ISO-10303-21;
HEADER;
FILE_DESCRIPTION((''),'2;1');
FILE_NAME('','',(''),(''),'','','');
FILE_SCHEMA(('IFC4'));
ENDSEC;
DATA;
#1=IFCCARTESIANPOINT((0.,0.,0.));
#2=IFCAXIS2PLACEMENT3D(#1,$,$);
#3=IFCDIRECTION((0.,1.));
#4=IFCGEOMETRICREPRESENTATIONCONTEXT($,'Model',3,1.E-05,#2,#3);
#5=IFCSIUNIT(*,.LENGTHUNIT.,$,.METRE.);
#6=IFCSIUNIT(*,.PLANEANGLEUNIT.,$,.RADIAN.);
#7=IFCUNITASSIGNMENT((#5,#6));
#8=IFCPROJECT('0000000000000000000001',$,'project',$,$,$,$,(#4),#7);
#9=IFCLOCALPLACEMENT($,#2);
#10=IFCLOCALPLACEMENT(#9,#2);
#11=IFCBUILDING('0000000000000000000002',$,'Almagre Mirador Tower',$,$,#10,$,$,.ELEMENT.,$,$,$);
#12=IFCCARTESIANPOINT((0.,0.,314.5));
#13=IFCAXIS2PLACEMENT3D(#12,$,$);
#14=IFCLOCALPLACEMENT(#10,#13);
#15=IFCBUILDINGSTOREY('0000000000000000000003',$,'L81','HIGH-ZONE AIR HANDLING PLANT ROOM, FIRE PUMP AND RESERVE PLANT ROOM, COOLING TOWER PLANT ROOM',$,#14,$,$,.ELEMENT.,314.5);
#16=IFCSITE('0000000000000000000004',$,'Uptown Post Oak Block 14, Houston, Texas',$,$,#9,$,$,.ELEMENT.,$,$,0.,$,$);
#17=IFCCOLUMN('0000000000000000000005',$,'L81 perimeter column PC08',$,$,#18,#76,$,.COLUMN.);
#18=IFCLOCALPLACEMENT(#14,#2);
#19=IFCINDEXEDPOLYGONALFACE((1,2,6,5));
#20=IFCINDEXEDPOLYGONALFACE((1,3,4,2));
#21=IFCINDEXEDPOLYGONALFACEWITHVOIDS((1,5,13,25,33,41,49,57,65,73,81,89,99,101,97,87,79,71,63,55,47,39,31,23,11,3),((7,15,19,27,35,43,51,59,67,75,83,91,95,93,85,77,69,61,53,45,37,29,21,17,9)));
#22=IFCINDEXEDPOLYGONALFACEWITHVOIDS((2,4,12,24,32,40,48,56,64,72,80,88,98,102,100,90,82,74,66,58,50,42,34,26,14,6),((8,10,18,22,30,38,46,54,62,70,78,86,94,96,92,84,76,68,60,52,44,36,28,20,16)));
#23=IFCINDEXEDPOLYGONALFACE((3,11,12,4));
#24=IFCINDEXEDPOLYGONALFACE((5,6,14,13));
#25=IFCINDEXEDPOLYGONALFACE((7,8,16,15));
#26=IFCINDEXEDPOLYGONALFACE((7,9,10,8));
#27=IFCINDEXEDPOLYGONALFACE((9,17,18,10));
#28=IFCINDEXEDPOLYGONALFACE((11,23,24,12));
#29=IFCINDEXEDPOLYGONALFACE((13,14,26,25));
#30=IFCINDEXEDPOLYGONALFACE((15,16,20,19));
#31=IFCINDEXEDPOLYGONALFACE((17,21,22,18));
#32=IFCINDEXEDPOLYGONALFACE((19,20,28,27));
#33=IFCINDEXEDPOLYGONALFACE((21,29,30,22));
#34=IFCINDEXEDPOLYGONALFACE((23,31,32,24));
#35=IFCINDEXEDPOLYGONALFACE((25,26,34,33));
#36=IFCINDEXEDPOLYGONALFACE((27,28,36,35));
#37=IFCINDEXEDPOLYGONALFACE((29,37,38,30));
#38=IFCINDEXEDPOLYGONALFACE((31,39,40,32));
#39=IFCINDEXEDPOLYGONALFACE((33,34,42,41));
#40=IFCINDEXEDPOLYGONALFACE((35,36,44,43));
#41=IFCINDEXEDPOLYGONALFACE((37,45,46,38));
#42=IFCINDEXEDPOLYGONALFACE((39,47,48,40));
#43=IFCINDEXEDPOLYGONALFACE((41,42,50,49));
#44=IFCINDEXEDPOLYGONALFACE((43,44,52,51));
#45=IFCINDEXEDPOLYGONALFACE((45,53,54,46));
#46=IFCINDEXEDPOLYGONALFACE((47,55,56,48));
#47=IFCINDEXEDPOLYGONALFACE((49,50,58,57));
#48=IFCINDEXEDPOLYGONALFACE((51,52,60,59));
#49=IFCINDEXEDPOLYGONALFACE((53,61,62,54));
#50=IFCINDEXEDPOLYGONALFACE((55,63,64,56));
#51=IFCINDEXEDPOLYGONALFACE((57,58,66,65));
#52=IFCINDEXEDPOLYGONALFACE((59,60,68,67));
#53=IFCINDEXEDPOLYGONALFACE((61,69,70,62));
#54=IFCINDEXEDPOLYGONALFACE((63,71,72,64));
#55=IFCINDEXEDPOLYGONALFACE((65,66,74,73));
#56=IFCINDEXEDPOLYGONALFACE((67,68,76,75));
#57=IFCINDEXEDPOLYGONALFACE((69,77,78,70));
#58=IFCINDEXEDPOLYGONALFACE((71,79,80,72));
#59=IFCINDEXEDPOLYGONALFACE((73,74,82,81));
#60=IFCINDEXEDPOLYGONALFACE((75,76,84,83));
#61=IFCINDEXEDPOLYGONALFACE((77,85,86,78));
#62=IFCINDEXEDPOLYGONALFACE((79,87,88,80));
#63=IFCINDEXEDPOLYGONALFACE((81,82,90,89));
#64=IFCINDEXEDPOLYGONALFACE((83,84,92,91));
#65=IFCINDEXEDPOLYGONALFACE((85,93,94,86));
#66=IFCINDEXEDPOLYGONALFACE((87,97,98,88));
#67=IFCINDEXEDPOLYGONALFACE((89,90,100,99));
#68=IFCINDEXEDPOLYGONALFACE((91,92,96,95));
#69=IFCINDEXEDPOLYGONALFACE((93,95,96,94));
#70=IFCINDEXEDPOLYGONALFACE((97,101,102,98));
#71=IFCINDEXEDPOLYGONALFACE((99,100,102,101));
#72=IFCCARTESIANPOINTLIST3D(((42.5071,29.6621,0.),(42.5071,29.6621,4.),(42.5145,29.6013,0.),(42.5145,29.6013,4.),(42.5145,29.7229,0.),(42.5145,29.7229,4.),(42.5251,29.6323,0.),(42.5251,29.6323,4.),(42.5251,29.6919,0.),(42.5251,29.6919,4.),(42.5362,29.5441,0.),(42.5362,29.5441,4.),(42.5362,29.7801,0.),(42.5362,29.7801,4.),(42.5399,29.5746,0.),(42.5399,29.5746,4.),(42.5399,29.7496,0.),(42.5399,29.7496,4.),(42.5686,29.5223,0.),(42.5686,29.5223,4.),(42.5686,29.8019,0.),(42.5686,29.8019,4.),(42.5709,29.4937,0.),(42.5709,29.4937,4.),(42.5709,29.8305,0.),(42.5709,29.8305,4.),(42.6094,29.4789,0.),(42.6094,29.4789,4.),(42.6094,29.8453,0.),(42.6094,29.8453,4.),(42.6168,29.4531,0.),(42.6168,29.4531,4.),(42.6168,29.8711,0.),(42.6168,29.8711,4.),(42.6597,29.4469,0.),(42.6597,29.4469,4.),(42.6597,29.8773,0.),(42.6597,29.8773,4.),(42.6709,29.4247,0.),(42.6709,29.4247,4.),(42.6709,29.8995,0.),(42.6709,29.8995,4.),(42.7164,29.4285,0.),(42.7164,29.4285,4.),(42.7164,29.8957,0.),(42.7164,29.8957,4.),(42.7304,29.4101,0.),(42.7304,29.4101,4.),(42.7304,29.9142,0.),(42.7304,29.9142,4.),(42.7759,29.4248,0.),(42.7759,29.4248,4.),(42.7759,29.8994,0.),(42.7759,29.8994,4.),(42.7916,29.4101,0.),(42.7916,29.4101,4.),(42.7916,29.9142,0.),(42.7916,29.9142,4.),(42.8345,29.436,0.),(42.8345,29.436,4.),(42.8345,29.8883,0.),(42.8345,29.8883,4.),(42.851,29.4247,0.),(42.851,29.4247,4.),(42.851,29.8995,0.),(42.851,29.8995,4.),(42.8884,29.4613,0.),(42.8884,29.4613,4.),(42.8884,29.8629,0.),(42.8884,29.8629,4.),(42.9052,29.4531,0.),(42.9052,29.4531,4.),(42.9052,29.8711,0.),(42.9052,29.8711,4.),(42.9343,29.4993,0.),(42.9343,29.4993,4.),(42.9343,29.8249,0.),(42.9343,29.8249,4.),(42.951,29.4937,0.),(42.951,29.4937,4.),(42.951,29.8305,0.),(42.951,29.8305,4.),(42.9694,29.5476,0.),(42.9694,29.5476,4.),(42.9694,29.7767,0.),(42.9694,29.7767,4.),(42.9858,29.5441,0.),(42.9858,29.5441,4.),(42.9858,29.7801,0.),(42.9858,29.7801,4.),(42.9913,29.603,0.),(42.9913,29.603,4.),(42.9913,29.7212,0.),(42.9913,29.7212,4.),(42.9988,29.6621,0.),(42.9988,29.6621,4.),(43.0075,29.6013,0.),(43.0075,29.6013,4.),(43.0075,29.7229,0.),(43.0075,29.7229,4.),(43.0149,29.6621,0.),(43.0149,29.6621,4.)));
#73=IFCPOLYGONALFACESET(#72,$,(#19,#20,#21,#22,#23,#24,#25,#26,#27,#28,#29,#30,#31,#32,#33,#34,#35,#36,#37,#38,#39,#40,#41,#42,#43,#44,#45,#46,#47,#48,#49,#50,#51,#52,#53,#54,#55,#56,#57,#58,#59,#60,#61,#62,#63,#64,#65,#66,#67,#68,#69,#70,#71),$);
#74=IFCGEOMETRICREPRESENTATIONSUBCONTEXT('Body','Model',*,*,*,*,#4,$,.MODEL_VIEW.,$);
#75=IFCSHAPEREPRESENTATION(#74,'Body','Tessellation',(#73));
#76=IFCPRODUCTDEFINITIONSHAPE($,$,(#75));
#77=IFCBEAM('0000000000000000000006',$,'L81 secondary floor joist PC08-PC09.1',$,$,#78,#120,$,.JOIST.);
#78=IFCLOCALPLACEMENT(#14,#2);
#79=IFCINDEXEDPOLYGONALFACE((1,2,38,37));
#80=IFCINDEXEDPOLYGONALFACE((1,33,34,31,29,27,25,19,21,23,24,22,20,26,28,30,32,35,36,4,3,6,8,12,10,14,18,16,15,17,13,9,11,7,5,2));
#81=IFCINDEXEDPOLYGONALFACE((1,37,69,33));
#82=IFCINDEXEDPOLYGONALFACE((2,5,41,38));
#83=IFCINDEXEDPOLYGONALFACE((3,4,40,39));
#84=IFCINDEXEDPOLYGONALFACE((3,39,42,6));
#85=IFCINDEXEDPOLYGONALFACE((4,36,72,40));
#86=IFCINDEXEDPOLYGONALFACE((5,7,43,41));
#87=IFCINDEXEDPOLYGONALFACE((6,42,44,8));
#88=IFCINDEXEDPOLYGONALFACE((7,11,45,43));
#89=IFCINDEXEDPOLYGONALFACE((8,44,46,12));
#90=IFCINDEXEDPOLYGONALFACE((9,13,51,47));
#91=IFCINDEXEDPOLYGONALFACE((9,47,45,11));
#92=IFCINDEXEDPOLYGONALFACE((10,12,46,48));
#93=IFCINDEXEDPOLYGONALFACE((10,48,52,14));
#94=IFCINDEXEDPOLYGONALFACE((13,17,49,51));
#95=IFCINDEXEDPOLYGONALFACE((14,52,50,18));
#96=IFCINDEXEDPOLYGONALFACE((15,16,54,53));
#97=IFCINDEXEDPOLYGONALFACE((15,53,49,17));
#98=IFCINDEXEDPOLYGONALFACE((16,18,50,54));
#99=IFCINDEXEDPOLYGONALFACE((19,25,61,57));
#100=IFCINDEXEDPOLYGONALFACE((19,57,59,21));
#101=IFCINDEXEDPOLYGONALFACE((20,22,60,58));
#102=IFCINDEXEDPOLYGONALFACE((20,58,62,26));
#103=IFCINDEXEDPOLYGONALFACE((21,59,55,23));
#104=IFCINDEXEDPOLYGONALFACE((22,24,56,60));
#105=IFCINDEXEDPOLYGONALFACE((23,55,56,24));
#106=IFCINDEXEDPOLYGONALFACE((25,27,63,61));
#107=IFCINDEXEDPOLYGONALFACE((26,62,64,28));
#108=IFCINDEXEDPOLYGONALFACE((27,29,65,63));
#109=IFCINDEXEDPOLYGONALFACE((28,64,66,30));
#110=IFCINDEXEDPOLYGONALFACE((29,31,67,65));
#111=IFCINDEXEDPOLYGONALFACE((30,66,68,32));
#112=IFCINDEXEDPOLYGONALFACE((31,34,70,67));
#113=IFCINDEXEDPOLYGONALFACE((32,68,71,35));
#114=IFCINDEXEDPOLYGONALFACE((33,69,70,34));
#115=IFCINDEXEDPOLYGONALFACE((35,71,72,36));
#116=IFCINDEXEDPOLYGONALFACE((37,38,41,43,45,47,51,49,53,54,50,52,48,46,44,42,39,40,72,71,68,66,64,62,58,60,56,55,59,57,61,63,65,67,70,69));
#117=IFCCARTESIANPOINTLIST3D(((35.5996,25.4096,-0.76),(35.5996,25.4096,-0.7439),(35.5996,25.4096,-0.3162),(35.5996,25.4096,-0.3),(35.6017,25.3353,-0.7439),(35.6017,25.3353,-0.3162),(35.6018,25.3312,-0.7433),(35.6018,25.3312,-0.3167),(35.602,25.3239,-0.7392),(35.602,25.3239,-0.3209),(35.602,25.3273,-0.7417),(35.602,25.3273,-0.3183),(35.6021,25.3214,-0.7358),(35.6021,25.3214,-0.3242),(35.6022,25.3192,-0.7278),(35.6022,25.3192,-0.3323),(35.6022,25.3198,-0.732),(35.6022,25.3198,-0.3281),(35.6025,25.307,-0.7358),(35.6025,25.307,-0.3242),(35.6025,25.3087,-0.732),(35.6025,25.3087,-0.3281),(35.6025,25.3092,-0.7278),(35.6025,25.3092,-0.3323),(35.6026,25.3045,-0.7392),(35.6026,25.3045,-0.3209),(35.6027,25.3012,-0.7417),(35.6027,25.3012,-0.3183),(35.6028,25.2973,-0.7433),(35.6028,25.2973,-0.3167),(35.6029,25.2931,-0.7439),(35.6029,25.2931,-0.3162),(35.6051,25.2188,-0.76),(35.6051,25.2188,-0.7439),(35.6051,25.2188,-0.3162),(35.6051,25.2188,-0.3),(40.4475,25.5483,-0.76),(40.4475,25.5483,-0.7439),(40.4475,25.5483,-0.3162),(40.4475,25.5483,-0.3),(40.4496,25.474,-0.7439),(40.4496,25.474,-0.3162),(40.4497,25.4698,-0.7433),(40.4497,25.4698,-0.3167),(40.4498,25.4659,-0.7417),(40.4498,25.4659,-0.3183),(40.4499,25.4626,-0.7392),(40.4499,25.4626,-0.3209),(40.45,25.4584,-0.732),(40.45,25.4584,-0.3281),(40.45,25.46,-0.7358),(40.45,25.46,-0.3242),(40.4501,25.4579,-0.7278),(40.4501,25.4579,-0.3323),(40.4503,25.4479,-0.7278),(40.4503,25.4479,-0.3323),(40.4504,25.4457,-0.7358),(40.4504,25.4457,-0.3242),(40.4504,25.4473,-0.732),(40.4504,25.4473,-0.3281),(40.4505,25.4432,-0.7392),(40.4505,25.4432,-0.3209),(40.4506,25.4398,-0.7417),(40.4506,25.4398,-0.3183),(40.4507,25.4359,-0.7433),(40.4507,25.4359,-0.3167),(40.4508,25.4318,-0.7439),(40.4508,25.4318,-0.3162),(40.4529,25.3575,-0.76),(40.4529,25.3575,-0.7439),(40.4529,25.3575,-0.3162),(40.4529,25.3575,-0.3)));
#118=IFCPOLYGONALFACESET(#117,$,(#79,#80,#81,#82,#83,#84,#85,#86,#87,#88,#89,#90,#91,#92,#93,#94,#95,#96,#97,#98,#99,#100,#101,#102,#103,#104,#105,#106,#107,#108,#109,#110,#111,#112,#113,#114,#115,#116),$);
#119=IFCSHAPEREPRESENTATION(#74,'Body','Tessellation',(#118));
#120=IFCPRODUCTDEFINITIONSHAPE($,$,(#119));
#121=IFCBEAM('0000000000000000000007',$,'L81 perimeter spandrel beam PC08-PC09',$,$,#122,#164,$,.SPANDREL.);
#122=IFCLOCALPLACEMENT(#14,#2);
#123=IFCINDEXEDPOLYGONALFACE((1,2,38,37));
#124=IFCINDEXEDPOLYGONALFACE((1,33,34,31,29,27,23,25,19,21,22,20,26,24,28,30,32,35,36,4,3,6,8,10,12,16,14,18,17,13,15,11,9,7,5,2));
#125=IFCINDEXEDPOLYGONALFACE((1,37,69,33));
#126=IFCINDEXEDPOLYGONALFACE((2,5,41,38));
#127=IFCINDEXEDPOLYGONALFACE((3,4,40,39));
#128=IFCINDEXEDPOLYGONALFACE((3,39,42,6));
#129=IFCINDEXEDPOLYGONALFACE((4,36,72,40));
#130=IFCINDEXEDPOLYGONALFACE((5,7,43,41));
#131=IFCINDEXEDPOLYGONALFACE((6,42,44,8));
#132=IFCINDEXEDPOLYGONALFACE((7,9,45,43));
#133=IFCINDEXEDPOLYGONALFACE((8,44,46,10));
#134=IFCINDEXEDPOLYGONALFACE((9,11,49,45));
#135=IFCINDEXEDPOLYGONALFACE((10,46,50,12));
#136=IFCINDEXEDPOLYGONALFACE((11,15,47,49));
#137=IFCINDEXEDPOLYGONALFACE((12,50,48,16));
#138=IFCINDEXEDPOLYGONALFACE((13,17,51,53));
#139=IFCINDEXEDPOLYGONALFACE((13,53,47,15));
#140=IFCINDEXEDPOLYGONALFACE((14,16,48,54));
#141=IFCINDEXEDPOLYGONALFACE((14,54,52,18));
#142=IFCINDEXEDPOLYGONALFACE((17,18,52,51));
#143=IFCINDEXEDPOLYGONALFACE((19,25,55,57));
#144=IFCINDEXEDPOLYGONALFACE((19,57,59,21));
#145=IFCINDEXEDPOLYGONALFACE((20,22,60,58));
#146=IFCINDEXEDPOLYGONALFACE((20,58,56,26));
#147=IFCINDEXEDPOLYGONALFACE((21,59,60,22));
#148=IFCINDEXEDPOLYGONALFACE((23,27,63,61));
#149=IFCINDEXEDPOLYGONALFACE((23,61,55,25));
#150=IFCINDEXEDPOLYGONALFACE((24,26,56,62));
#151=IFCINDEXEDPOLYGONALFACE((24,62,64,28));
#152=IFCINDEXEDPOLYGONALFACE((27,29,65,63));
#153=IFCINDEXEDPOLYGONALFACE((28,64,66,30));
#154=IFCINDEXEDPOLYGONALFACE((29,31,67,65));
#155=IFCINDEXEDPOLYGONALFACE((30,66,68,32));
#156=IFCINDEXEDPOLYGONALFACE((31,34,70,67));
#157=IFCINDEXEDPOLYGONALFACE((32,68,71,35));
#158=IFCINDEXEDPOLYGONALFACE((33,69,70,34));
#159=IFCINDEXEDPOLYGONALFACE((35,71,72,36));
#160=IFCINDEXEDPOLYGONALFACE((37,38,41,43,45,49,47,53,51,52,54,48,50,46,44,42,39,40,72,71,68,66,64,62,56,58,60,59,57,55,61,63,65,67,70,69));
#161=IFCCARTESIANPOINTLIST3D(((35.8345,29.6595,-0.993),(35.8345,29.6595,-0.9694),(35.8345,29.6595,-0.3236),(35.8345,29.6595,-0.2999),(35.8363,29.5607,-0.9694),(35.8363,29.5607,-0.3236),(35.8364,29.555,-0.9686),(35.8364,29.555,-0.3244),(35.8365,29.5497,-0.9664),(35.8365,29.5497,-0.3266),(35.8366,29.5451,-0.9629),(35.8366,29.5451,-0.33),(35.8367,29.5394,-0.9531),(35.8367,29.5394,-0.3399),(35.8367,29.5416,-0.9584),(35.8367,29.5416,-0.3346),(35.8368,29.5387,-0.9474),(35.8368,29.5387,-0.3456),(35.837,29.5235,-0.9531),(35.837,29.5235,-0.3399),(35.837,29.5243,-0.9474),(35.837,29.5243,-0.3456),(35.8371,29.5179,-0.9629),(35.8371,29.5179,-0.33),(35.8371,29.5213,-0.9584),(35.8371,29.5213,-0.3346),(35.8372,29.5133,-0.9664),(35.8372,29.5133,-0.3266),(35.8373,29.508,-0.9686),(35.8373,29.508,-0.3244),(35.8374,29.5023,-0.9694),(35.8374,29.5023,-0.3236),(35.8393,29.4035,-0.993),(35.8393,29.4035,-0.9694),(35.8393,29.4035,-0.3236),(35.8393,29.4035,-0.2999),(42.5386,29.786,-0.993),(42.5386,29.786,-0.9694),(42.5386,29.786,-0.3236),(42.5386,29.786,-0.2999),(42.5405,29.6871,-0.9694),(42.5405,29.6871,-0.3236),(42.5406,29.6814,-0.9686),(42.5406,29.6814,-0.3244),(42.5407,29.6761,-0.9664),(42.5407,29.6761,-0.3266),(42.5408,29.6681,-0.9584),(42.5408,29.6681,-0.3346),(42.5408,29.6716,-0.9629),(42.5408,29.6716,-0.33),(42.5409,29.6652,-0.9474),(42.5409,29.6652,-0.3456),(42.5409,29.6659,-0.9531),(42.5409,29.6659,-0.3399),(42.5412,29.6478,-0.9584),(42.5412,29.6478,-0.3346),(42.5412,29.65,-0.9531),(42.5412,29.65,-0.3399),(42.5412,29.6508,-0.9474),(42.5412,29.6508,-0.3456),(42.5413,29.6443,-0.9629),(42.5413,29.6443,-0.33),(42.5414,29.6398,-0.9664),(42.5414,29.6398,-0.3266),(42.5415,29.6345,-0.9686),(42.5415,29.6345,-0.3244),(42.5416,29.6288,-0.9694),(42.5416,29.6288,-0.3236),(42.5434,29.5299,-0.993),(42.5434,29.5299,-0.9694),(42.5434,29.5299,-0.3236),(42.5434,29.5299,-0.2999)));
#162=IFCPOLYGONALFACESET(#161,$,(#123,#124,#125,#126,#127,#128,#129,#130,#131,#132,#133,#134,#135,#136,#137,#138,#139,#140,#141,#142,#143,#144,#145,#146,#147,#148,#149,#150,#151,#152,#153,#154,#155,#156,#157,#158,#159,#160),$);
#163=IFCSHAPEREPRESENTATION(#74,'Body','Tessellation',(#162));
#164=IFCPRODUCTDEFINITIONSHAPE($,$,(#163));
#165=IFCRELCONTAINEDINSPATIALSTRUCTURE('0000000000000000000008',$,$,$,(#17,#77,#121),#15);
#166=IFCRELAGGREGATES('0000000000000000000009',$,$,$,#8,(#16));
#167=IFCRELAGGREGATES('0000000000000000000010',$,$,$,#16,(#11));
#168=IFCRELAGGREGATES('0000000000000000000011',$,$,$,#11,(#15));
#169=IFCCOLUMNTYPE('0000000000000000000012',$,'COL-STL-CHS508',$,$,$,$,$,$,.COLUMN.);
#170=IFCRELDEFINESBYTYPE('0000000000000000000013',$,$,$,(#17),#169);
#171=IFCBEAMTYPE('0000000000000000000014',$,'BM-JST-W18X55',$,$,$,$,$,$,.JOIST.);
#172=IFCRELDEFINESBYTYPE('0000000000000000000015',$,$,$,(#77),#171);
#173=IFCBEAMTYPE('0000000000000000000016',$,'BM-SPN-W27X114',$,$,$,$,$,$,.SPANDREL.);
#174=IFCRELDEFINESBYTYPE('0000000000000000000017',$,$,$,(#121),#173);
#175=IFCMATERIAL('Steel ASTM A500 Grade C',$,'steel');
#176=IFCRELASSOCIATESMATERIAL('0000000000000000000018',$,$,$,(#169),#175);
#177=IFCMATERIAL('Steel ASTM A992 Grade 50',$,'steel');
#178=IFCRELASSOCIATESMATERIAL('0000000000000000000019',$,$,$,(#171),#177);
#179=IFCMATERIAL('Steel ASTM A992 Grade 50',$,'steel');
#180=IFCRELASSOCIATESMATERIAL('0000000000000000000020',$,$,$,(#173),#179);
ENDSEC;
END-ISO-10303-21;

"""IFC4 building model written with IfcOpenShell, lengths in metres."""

from ifc_helpers import new_model, si_unit, direction, frame, origin, origin_2d, place, context, subcontext, project, spatial, hollow_circle, i_section, extrude, material, material_profile, profile_set, type_object, element, save


model = new_model("IFC4")

# Units and contexts
model_context = context("Model", 3, precision=1e-05, world=origin(), true_north=direction((0.0, 1.0)))
body_context = subcontext(model_context, "Body", "Model", "MODEL_VIEW")
ifc_project = project(units=[si_unit("LENGTHUNIT", "METRE"), si_unit("PLANEANGLEUNIT", "RADIAN")], contexts=[model_context])

# Site, building, storey
site_placement = place(None, origin())
site = spatial("IfcSite", under=ifc_project, at=site_placement, Name="Uptown Post Oak Block 14, Houston, Texas", CompositionType="ELEMENT", RefElevation=0.0)
building_placement = place(site_placement, origin())
building = spatial("IfcBuilding", under=site, at=building_placement, Name="Almagre Mirador Tower", CompositionType="ELEMENT")
storey_placement = place(building_placement, frame((0.0, 0.0, 314.5)))
storey = spatial("IfcBuildingStorey", under=building, at=storey_placement, Name="L81", Description="HIGH-ZONE AIR HANDLING PLANT ROOM, FIRE PUMP AND RESERVE PLANT ROOM, COOLING TOWER PLANT ROOM", CompositionType="ELEMENT", Elevation=314.5)

# Column
ifc_material_1 = material(Name="Steel ASTM A500 Grade C", Category="steel")
ifc_material_profile_1 = material_profile(ifc_material_1, hollow_circle(Radius=0.2539, WallThickness=0.0161, at=origin_2d()), Name="CHS508X16")
ifc_profile_set_1 = profile_set([ifc_material_profile_1], Name="Steel ASTM A500 Grade C")
column_type = type_object("IfcColumnType", Name="COL-STL-CHS508", PredefinedType="COLUMN", material=ifc_profile_set_1)
column_placement = place(storey_placement, frame((42.761, 29.6621, 0.0), z_axis=(0.0, 0.0, 1.0), x_axis=(1.0, 0.0, 0.0)))
element("IfcColumn", 1, at=column_placement, inside=storey, type_object=column_type, Name="L81 perimeter column PC08", PredefinedType="COLUMN", context=body_context, shape_type="SweptSolid", body=[
    extrude(hollow_circle(Radius=0.2539, WallThickness=0.0161, at=origin_2d()), origin(), (0.0, 0.0, 1.0), 4.0),
])

# Beams
ifc_material_2 = material(Name="Steel ASTM A992 Grade 50", Category="steel")
ifc_material_profile_2 = material_profile(ifc_material_2, i_section(OverallWidth=0.1909, OverallDepth=0.46, WebThickness=0.01, FlangeThickness=0.0161, FilletRadius=0.0161, at=origin_2d()), Name="W18X55")
ifc_profile_set_2 = profile_set([ifc_material_profile_2], Name="Steel ASTM A992 Grade 50")
beam_type_1 = type_object("IfcBeamType", Name="BM-JST-W18X55", PredefinedType="JOIST", material=ifc_profile_set_2)
beam_1_placement = place(storey_placement, frame((40.4502, 25.4529, -0.53), z_axis=(-0.999591, -0.028593, 0.0), x_axis=(0.028593, -0.999591, 0.0)))
element("IfcBeam", 2, at=beam_1_placement, inside=storey, type_object=beam_type_1, Name="L81 secondary floor joist PC08-PC09.1", PredefinedType="JOIST", context=body_context, shape_type="SweptSolid", body=[
    extrude(i_section(OverallWidth=0.1909, OverallDepth=0.46, WebThickness=0.01, FlangeThickness=0.0161, FilletRadius=0.0161, at=origin_2d()), origin(), (0.0, 0.0, 1.0), 4.8499),
])
ifc_material_3 = material(Name="Steel ASTM A992 Grade 50", Category="steel")
ifc_material_profile_3 = material_profile(ifc_material_3, i_section(OverallWidth=0.2561, OverallDepth=0.6931, WebThickness=0.0144, FlangeThickness=0.0237, FilletRadius=0.022, at=origin_2d()), Name="W27X114")
ifc_profile_set_3 = profile_set([ifc_material_profile_3], Name="Steel ASTM A992 Grade 50")
beam_type_2 = type_object("IfcBeamType", Name="BM-SPN-W27X114", PredefinedType="SPANDREL", material=ifc_profile_set_3)
beam_2_placement = place(storey_placement, frame((42.541, 29.658, -0.6465), z_axis=(-0.999822, -0.01886, 0.0), x_axis=(0.01886, -0.999822, 0.0)))
element("IfcBeam", 3, at=beam_2_placement, inside=storey, type_object=beam_type_2, Name="L81 perimeter spandrel beam PC08-PC09", PredefinedType="SPANDREL", context=body_context, shape_type="SweptSolid", body=[
    extrude(i_section(OverallWidth=0.2561, OverallDepth=0.6931, WebThickness=0.0144, FlangeThickness=0.0237, FilletRadius=0.022, at=origin_2d()), origin(), (0.0, 0.0, 1.0), 6.7053),
])

save(model, "model.ifc")
